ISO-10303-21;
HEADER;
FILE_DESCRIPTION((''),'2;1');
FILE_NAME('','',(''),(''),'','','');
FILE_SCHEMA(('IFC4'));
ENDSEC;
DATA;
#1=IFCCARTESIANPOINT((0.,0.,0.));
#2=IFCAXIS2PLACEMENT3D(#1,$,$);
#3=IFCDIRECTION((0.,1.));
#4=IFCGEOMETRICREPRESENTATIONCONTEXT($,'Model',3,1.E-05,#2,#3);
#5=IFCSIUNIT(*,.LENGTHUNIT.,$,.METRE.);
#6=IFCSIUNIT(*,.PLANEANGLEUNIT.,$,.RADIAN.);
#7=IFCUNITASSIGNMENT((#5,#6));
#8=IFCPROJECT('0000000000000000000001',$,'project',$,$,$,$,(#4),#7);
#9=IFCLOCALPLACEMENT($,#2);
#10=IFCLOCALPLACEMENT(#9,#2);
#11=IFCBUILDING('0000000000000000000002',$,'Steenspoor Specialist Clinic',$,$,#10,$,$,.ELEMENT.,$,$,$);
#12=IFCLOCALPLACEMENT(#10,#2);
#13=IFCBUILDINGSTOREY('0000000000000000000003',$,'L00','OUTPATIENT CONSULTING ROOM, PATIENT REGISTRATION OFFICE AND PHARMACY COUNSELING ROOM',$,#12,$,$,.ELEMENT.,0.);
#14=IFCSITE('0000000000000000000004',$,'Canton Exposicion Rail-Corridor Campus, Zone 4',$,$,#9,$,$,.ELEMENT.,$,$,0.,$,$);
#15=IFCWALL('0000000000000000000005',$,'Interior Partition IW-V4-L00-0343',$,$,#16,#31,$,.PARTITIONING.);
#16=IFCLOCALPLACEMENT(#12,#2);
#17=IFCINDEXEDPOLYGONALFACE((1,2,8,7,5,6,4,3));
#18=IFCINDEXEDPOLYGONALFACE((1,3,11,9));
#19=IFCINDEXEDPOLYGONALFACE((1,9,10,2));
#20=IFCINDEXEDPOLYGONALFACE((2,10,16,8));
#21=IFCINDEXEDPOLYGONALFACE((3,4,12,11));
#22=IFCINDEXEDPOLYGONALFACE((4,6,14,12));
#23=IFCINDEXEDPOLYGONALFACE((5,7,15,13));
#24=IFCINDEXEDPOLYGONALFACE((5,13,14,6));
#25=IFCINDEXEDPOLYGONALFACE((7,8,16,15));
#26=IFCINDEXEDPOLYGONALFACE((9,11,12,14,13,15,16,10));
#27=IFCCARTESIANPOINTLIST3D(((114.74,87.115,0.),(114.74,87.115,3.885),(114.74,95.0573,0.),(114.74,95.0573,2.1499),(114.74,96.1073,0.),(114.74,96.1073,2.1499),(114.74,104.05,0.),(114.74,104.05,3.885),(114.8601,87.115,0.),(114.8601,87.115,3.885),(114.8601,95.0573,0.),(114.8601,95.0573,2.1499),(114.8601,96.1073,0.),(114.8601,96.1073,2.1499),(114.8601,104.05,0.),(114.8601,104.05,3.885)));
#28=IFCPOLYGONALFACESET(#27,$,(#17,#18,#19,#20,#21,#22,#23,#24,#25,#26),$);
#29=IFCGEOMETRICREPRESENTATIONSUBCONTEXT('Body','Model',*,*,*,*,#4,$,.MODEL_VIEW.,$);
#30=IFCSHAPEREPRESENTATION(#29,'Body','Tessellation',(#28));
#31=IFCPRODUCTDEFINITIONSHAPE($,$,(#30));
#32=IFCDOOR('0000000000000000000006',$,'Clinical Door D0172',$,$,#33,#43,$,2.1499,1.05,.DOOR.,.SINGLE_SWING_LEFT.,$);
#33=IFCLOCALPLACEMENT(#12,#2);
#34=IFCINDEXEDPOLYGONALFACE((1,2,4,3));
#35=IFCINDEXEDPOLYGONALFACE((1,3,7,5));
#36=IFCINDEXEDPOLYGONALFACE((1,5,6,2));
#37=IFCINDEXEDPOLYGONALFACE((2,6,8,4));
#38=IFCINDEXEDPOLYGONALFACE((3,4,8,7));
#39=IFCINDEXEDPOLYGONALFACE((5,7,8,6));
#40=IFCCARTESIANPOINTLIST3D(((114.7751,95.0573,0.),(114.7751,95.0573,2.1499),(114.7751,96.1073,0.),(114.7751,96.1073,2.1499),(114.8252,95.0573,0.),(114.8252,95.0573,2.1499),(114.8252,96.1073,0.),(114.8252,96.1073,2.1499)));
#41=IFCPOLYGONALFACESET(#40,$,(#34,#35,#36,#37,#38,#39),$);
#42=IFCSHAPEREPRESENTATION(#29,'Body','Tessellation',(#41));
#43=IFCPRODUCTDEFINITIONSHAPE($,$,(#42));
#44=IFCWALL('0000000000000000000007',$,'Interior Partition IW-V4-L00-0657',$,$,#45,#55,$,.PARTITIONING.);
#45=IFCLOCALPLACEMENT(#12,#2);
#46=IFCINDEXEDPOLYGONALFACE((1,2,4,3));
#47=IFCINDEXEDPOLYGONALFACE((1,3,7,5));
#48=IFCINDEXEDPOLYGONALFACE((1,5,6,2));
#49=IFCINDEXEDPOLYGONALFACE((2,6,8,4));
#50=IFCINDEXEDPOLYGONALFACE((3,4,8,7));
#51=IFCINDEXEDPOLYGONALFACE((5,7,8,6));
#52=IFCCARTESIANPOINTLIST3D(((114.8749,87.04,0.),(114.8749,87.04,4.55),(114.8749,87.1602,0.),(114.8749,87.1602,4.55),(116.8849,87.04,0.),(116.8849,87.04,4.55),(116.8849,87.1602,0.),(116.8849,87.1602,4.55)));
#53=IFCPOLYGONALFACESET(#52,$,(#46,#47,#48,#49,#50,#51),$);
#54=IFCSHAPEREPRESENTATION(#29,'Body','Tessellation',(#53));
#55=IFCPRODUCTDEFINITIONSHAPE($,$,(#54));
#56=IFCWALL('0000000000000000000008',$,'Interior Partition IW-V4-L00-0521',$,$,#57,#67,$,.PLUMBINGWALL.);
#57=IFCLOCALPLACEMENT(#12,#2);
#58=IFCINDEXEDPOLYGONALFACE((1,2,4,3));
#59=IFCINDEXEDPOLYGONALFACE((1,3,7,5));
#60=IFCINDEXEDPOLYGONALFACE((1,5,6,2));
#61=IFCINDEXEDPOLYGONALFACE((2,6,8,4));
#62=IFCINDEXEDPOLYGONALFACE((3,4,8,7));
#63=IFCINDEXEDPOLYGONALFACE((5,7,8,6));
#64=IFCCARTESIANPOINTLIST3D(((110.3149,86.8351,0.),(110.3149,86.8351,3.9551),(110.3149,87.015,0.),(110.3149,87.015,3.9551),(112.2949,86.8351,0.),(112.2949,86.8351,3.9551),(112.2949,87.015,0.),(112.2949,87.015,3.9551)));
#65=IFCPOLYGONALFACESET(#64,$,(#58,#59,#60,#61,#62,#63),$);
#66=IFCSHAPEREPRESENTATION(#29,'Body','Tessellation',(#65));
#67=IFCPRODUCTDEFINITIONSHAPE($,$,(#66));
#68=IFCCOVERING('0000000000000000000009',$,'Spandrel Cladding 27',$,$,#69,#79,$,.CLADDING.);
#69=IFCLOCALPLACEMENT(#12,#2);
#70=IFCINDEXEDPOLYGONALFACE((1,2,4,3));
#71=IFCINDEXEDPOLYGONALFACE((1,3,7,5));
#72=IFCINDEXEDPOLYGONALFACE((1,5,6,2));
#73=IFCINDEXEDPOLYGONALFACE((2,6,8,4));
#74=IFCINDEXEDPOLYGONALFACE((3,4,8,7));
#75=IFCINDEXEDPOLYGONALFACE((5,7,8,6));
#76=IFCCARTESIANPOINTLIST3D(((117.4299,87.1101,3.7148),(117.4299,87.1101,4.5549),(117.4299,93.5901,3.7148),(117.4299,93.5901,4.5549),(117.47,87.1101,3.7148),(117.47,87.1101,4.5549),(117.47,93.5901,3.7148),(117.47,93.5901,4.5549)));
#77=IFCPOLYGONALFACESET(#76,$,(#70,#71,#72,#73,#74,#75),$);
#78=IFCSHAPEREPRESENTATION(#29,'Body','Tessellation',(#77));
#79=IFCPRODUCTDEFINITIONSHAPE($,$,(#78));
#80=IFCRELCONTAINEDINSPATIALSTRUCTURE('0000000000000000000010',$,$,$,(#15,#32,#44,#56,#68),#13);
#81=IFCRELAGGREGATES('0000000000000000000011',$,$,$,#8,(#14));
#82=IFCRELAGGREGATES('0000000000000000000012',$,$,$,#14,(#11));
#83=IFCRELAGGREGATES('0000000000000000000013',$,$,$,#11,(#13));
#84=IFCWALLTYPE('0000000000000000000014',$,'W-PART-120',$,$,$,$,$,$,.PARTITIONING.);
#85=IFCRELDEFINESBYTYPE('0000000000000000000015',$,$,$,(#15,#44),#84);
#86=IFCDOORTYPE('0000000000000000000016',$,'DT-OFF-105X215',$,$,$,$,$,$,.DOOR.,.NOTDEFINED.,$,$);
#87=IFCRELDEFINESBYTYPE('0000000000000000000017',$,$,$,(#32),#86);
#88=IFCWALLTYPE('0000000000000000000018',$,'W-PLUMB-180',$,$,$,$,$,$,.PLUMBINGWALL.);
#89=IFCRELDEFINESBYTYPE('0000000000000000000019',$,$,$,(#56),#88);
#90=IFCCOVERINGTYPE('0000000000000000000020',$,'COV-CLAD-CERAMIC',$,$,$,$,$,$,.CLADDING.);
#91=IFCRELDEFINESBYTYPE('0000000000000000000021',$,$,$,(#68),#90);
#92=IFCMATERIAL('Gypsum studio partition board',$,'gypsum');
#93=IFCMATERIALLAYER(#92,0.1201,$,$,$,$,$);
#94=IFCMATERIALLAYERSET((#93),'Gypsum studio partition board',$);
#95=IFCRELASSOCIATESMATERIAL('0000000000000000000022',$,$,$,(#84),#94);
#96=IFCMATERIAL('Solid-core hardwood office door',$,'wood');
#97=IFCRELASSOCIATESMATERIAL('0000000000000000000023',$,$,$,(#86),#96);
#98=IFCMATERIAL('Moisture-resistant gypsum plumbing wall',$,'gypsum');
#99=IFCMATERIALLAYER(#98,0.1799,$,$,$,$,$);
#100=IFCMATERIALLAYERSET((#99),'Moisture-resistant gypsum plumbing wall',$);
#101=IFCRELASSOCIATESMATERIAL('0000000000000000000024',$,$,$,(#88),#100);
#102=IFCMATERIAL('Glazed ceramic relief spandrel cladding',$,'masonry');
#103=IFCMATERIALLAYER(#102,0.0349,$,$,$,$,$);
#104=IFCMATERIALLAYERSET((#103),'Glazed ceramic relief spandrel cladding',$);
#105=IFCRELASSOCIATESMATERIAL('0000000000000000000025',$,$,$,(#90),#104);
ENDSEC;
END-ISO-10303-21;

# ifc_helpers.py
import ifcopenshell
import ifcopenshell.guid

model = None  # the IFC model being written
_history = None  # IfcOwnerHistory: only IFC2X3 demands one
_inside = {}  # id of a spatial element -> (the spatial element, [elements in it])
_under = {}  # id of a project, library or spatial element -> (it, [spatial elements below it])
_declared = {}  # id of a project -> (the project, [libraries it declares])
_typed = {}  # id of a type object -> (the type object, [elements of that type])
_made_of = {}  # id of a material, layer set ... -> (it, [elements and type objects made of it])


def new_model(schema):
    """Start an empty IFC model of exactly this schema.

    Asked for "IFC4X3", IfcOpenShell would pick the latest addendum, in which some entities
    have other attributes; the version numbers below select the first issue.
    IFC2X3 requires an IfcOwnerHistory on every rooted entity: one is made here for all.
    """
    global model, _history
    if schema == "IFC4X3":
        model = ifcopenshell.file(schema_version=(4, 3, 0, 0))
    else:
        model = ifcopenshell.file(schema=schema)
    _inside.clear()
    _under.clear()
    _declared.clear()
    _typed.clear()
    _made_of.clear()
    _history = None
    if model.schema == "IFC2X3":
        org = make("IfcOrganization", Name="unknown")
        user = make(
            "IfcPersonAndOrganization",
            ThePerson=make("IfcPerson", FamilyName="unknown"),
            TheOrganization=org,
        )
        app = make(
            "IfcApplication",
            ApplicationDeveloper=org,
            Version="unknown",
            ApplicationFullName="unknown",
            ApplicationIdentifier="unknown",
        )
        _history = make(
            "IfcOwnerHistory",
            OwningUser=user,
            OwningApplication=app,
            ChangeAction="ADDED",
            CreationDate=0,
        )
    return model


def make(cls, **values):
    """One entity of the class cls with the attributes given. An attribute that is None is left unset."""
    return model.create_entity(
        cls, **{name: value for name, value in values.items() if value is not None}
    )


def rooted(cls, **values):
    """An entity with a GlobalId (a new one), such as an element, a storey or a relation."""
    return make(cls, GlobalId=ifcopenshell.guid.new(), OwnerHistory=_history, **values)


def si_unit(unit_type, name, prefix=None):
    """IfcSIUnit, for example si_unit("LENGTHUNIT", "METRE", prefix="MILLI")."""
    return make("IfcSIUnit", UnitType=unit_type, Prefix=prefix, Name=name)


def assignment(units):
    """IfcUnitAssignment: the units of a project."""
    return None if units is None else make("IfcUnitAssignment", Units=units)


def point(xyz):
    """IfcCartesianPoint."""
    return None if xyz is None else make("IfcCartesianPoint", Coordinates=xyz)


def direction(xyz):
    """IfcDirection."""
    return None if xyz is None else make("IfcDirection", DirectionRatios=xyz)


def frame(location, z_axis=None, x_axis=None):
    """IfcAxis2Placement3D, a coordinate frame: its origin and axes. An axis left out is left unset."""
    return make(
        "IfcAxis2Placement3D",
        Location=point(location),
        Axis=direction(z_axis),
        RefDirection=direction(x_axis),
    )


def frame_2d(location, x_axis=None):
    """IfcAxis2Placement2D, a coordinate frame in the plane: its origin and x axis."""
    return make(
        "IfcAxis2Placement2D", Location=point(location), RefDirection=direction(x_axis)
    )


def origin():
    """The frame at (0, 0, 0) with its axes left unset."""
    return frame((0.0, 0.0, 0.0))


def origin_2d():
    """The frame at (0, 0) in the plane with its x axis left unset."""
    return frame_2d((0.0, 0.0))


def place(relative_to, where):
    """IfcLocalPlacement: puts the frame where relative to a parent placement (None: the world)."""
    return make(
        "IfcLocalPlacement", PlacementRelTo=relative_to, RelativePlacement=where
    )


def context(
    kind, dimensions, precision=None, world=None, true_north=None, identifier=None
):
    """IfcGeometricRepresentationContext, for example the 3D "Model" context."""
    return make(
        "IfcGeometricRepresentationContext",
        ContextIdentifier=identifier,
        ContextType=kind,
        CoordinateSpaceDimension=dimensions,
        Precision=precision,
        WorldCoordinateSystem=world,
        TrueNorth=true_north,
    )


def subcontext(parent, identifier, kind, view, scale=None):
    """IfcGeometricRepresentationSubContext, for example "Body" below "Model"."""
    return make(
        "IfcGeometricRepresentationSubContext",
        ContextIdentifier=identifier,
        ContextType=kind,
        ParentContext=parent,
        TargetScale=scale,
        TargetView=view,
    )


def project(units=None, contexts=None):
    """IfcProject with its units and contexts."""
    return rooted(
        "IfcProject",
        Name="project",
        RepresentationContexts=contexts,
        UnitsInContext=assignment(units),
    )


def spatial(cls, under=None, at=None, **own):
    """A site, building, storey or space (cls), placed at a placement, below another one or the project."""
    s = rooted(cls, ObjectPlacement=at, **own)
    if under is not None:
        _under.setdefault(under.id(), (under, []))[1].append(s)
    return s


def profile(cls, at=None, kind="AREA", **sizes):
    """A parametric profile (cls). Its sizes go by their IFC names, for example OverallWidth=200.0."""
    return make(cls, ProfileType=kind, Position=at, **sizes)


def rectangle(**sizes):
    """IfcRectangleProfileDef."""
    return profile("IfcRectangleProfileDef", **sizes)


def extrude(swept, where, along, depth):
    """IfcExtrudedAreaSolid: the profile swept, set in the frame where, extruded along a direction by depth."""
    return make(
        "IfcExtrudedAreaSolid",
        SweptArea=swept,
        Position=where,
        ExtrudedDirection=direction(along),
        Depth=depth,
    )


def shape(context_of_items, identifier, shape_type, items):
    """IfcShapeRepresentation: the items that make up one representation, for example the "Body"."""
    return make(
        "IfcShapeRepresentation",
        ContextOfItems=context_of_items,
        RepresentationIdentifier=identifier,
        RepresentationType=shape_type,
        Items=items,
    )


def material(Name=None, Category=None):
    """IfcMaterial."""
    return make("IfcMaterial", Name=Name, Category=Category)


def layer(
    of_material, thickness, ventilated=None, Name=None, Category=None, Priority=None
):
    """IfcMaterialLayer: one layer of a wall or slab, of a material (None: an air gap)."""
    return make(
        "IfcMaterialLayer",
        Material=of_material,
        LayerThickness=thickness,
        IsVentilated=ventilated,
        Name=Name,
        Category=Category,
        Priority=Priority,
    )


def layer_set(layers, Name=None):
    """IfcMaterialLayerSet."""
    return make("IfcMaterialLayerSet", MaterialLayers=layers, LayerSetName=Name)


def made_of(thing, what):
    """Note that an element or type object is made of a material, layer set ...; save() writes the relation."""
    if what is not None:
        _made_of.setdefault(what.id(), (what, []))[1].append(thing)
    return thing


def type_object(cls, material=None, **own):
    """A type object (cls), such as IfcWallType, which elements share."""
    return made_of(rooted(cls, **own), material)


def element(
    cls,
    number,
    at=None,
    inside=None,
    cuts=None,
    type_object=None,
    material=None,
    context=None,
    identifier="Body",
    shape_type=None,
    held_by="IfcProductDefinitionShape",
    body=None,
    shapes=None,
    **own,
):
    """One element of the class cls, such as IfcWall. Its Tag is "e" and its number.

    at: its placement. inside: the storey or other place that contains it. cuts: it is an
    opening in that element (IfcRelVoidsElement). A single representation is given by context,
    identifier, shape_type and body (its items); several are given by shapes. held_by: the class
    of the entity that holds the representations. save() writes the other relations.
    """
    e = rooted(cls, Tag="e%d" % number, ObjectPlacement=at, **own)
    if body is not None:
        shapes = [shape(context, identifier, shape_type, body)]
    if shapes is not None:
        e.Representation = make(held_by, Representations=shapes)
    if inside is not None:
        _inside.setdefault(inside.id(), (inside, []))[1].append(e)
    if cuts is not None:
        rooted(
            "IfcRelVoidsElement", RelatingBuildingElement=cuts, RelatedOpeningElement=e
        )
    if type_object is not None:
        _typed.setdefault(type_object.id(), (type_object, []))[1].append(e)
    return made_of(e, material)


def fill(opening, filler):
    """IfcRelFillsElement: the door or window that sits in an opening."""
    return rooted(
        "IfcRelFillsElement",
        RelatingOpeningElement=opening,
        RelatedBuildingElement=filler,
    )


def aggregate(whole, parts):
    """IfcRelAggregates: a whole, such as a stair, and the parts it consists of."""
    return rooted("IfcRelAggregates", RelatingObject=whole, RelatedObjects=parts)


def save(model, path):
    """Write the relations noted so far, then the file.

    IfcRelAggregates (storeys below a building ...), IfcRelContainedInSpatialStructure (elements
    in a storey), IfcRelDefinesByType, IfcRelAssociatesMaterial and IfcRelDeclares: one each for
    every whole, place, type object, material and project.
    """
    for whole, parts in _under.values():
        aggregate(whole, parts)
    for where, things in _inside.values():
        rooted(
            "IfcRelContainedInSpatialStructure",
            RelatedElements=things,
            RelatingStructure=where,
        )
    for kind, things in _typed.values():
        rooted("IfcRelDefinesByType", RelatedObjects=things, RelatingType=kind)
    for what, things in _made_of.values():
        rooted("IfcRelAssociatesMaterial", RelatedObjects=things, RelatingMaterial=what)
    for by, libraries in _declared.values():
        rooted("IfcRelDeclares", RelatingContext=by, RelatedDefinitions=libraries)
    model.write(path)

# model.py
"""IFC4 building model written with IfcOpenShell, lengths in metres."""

from ifc_helpers import new_model, si_unit, direction, frame, frame_2d, origin, origin_2d, place, context, subcontext, project, spatial, rectangle, extrude, material, layer, layer_set, type_object, element, fill, save


model = new_model("IFC4")

# Units and contexts
model_context = context("Model", 3, precision=1e-05, world=origin(), true_north=direction((0.0, 1.0)))
body_context = subcontext(model_context, "Body", "Model", "MODEL_VIEW")
ifc_project = project(units=[si_unit("LENGTHUNIT", "METRE"), si_unit("PLANEANGLEUNIT", "RADIAN")], contexts=[model_context])

# Site, building, storey
site_placement = place(None, origin())
site = spatial("IfcSite", under=ifc_project, at=site_placement, Name="Canton Exposicion Rail-Corridor Campus, Zone 4", CompositionType="ELEMENT", RefElevation=0.0)
building_placement = place(site_placement, origin())
building = spatial("IfcBuilding", under=site, at=building_placement, Name="Steenspoor Specialist Clinic", CompositionType="ELEMENT")
storey_placement = place(building_placement, origin())
storey = spatial("IfcBuildingStorey", under=building, at=storey_placement, Name="L00", Description="OUTPATIENT CONSULTING ROOM, PATIENT REGISTRATION OFFICE AND PHARMACY COUNSELING ROOM", CompositionType="ELEMENT", Elevation=0.0)

# Wall, opening, door
ifc_material_1 = material(Name="Gypsum studio partition board", Category="gypsum")
ifc_layer_1 = layer(ifc_material_1, 0.1201)
ifc_layer_set_1 = layer_set([ifc_layer_1], Name="Gypsum studio partition board")
wall_type_1 = type_object("IfcWallType", Name="W-PART-120", PredefinedType="PARTITIONING", material=ifc_layer_set_1)
wall_1_placement = place(storey_placement, frame((114.8, 87.115, 0.0), z_axis=(0.0, 0.0, 1.0), x_axis=(0.0, 1.0, 0.0)))
wall_1 = element("IfcWall", 1, at=wall_1_placement, inside=storey, type_object=wall_type_1, Name="Interior Partition IW-V4-L00-0343", PredefinedType="PARTITIONING", context=body_context, shape_type="SweptSolid", body=[
    extrude(rectangle(XDim=16.9351, YDim=0.1201, at=frame_2d((8.4675, 0.0))), origin(), (0.0, 0.0, 1.0), 3.885),
])
opening_1_placement = place(wall_1_placement, frame((7.9424, 0.0, 0.0)))
opening_1 = element("IfcOpeningElement", 2, at=opening_1_placement, cuts=wall_1, PredefinedType="OPENING", context=body_context, shape_type="SweptSolid", body=[
    extrude(rectangle(XDim=1.05, YDim=2.1499, at=frame_2d((0.5249, 1.075))), frame((0.0, 0.0701, 0.0), z_axis=(0.0, -1.0, 0.0), x_axis=(1.0, 0.0, 0.0)), (0.0, 0.0, 1.0), 0.1401),
])
ifc_material_2 = material(Name="Solid-core hardwood office door", Category="wood")
door_type_1 = type_object("IfcDoorType", Name="DT-OFF-105X215", OperationType="NOTDEFINED", PredefinedType="DOOR", material=ifc_material_2)
door_1_placement = place(opening_1_placement, origin())
door_1 = element("IfcDoor", 3, at=door_1_placement, inside=storey, type_object=door_type_1, Name="Clinical Door D0172", OperationType="SINGLE_SWING_LEFT", OverallHeight=2.1499, OverallWidth=1.05, PredefinedType="DOOR", context=body_context, shape_type="SweptSolid", body=[
    extrude(rectangle(XDim=1.05, YDim=2.1499, at=frame_2d((0.5249, 1.075))), frame((0.0, 0.0249, 0.0), z_axis=(0.0, -1.0, 0.0), x_axis=(1.0, 0.0, 0.0)), (0.0, 0.0, 1.0), 0.05),
])
fill(opening_1, door_1)

# Walls
wall_2_placement = place(storey_placement, frame((114.875, 87.1001, 0.0), z_axis=(0.0, 0.0, 1.0), x_axis=(1.0, 0.0, 0.0)))
element("IfcWall", 4, at=wall_2_placement, inside=storey, type_object=wall_type_1, Name="Interior Partition IW-V4-L00-0657", PredefinedType="PARTITIONING", context=body_context, shape_type="SweptSolid", body=[
    extrude(rectangle(XDim=2.01, YDim=0.1201, at=frame_2d((1.0049, 0.0))), origin(), (0.0, 0.0, 1.0), 4.55),
])
ifc_material_3 = material(Name="Moisture-resistant gypsum plumbing wall", Category="gypsum")
ifc_layer_2 = layer(ifc_material_3, 0.1799)
ifc_layer_set_2 = layer_set([ifc_layer_2], Name="Moisture-resistant gypsum plumbing wall")
wall_type_2 = type_object("IfcWallType", Name="W-PLUMB-180", PredefinedType="PLUMBINGWALL", material=ifc_layer_set_2)
wall_3_placement = place(storey_placement, frame((110.3149, 86.925, 0.0), z_axis=(0.0, 0.0, 1.0), x_axis=(1.0, 0.0, 0.0)))
element("IfcWall", 5, at=wall_3_placement, inside=storey, type_object=wall_type_2, Name="Interior Partition IW-V4-L00-0521", PredefinedType="PLUMBINGWALL", context=body_context, shape_type="SweptSolid", body=[
    extrude(rectangle(XDim=1.98, YDim=0.1799, at=frame_2d((0.99, 0.0))), origin(), (0.0, 0.0, 1.0), 3.9551),
])

# Covering
ifc_material_4 = material(Name="Glazed ceramic relief spandrel cladding", Category="masonry")
ifc_layer_3 = layer(ifc_material_4, 0.0349)
ifc_layer_set_3 = layer_set([ifc_layer_3], Name="Glazed ceramic relief spandrel cladding")
covering_type = type_object("IfcCoveringType", Name="COV-CLAD-CERAMIC", PredefinedType="CLADDING", material=ifc_layer_set_3)
covering_placement = place(storey_placement, frame((117.45, 90.3501, 3.7148), z_axis=(0.0, 0.0, 1.0), x_axis=(0.0, -1.0, 0.0)))
element("IfcCovering", 6, at=covering_placement, inside=storey, type_object=covering_type, Name="Spandrel Cladding 27", PredefinedType="CLADDING", context=body_context, shape_type="SweptSolid", body=[
    extrude(rectangle(XDim=6.48, YDim=0.04, at=origin_2d()), origin(), (0.0, 0.0, 1.0), 0.8401),
])

save(model, "model.ifc")
